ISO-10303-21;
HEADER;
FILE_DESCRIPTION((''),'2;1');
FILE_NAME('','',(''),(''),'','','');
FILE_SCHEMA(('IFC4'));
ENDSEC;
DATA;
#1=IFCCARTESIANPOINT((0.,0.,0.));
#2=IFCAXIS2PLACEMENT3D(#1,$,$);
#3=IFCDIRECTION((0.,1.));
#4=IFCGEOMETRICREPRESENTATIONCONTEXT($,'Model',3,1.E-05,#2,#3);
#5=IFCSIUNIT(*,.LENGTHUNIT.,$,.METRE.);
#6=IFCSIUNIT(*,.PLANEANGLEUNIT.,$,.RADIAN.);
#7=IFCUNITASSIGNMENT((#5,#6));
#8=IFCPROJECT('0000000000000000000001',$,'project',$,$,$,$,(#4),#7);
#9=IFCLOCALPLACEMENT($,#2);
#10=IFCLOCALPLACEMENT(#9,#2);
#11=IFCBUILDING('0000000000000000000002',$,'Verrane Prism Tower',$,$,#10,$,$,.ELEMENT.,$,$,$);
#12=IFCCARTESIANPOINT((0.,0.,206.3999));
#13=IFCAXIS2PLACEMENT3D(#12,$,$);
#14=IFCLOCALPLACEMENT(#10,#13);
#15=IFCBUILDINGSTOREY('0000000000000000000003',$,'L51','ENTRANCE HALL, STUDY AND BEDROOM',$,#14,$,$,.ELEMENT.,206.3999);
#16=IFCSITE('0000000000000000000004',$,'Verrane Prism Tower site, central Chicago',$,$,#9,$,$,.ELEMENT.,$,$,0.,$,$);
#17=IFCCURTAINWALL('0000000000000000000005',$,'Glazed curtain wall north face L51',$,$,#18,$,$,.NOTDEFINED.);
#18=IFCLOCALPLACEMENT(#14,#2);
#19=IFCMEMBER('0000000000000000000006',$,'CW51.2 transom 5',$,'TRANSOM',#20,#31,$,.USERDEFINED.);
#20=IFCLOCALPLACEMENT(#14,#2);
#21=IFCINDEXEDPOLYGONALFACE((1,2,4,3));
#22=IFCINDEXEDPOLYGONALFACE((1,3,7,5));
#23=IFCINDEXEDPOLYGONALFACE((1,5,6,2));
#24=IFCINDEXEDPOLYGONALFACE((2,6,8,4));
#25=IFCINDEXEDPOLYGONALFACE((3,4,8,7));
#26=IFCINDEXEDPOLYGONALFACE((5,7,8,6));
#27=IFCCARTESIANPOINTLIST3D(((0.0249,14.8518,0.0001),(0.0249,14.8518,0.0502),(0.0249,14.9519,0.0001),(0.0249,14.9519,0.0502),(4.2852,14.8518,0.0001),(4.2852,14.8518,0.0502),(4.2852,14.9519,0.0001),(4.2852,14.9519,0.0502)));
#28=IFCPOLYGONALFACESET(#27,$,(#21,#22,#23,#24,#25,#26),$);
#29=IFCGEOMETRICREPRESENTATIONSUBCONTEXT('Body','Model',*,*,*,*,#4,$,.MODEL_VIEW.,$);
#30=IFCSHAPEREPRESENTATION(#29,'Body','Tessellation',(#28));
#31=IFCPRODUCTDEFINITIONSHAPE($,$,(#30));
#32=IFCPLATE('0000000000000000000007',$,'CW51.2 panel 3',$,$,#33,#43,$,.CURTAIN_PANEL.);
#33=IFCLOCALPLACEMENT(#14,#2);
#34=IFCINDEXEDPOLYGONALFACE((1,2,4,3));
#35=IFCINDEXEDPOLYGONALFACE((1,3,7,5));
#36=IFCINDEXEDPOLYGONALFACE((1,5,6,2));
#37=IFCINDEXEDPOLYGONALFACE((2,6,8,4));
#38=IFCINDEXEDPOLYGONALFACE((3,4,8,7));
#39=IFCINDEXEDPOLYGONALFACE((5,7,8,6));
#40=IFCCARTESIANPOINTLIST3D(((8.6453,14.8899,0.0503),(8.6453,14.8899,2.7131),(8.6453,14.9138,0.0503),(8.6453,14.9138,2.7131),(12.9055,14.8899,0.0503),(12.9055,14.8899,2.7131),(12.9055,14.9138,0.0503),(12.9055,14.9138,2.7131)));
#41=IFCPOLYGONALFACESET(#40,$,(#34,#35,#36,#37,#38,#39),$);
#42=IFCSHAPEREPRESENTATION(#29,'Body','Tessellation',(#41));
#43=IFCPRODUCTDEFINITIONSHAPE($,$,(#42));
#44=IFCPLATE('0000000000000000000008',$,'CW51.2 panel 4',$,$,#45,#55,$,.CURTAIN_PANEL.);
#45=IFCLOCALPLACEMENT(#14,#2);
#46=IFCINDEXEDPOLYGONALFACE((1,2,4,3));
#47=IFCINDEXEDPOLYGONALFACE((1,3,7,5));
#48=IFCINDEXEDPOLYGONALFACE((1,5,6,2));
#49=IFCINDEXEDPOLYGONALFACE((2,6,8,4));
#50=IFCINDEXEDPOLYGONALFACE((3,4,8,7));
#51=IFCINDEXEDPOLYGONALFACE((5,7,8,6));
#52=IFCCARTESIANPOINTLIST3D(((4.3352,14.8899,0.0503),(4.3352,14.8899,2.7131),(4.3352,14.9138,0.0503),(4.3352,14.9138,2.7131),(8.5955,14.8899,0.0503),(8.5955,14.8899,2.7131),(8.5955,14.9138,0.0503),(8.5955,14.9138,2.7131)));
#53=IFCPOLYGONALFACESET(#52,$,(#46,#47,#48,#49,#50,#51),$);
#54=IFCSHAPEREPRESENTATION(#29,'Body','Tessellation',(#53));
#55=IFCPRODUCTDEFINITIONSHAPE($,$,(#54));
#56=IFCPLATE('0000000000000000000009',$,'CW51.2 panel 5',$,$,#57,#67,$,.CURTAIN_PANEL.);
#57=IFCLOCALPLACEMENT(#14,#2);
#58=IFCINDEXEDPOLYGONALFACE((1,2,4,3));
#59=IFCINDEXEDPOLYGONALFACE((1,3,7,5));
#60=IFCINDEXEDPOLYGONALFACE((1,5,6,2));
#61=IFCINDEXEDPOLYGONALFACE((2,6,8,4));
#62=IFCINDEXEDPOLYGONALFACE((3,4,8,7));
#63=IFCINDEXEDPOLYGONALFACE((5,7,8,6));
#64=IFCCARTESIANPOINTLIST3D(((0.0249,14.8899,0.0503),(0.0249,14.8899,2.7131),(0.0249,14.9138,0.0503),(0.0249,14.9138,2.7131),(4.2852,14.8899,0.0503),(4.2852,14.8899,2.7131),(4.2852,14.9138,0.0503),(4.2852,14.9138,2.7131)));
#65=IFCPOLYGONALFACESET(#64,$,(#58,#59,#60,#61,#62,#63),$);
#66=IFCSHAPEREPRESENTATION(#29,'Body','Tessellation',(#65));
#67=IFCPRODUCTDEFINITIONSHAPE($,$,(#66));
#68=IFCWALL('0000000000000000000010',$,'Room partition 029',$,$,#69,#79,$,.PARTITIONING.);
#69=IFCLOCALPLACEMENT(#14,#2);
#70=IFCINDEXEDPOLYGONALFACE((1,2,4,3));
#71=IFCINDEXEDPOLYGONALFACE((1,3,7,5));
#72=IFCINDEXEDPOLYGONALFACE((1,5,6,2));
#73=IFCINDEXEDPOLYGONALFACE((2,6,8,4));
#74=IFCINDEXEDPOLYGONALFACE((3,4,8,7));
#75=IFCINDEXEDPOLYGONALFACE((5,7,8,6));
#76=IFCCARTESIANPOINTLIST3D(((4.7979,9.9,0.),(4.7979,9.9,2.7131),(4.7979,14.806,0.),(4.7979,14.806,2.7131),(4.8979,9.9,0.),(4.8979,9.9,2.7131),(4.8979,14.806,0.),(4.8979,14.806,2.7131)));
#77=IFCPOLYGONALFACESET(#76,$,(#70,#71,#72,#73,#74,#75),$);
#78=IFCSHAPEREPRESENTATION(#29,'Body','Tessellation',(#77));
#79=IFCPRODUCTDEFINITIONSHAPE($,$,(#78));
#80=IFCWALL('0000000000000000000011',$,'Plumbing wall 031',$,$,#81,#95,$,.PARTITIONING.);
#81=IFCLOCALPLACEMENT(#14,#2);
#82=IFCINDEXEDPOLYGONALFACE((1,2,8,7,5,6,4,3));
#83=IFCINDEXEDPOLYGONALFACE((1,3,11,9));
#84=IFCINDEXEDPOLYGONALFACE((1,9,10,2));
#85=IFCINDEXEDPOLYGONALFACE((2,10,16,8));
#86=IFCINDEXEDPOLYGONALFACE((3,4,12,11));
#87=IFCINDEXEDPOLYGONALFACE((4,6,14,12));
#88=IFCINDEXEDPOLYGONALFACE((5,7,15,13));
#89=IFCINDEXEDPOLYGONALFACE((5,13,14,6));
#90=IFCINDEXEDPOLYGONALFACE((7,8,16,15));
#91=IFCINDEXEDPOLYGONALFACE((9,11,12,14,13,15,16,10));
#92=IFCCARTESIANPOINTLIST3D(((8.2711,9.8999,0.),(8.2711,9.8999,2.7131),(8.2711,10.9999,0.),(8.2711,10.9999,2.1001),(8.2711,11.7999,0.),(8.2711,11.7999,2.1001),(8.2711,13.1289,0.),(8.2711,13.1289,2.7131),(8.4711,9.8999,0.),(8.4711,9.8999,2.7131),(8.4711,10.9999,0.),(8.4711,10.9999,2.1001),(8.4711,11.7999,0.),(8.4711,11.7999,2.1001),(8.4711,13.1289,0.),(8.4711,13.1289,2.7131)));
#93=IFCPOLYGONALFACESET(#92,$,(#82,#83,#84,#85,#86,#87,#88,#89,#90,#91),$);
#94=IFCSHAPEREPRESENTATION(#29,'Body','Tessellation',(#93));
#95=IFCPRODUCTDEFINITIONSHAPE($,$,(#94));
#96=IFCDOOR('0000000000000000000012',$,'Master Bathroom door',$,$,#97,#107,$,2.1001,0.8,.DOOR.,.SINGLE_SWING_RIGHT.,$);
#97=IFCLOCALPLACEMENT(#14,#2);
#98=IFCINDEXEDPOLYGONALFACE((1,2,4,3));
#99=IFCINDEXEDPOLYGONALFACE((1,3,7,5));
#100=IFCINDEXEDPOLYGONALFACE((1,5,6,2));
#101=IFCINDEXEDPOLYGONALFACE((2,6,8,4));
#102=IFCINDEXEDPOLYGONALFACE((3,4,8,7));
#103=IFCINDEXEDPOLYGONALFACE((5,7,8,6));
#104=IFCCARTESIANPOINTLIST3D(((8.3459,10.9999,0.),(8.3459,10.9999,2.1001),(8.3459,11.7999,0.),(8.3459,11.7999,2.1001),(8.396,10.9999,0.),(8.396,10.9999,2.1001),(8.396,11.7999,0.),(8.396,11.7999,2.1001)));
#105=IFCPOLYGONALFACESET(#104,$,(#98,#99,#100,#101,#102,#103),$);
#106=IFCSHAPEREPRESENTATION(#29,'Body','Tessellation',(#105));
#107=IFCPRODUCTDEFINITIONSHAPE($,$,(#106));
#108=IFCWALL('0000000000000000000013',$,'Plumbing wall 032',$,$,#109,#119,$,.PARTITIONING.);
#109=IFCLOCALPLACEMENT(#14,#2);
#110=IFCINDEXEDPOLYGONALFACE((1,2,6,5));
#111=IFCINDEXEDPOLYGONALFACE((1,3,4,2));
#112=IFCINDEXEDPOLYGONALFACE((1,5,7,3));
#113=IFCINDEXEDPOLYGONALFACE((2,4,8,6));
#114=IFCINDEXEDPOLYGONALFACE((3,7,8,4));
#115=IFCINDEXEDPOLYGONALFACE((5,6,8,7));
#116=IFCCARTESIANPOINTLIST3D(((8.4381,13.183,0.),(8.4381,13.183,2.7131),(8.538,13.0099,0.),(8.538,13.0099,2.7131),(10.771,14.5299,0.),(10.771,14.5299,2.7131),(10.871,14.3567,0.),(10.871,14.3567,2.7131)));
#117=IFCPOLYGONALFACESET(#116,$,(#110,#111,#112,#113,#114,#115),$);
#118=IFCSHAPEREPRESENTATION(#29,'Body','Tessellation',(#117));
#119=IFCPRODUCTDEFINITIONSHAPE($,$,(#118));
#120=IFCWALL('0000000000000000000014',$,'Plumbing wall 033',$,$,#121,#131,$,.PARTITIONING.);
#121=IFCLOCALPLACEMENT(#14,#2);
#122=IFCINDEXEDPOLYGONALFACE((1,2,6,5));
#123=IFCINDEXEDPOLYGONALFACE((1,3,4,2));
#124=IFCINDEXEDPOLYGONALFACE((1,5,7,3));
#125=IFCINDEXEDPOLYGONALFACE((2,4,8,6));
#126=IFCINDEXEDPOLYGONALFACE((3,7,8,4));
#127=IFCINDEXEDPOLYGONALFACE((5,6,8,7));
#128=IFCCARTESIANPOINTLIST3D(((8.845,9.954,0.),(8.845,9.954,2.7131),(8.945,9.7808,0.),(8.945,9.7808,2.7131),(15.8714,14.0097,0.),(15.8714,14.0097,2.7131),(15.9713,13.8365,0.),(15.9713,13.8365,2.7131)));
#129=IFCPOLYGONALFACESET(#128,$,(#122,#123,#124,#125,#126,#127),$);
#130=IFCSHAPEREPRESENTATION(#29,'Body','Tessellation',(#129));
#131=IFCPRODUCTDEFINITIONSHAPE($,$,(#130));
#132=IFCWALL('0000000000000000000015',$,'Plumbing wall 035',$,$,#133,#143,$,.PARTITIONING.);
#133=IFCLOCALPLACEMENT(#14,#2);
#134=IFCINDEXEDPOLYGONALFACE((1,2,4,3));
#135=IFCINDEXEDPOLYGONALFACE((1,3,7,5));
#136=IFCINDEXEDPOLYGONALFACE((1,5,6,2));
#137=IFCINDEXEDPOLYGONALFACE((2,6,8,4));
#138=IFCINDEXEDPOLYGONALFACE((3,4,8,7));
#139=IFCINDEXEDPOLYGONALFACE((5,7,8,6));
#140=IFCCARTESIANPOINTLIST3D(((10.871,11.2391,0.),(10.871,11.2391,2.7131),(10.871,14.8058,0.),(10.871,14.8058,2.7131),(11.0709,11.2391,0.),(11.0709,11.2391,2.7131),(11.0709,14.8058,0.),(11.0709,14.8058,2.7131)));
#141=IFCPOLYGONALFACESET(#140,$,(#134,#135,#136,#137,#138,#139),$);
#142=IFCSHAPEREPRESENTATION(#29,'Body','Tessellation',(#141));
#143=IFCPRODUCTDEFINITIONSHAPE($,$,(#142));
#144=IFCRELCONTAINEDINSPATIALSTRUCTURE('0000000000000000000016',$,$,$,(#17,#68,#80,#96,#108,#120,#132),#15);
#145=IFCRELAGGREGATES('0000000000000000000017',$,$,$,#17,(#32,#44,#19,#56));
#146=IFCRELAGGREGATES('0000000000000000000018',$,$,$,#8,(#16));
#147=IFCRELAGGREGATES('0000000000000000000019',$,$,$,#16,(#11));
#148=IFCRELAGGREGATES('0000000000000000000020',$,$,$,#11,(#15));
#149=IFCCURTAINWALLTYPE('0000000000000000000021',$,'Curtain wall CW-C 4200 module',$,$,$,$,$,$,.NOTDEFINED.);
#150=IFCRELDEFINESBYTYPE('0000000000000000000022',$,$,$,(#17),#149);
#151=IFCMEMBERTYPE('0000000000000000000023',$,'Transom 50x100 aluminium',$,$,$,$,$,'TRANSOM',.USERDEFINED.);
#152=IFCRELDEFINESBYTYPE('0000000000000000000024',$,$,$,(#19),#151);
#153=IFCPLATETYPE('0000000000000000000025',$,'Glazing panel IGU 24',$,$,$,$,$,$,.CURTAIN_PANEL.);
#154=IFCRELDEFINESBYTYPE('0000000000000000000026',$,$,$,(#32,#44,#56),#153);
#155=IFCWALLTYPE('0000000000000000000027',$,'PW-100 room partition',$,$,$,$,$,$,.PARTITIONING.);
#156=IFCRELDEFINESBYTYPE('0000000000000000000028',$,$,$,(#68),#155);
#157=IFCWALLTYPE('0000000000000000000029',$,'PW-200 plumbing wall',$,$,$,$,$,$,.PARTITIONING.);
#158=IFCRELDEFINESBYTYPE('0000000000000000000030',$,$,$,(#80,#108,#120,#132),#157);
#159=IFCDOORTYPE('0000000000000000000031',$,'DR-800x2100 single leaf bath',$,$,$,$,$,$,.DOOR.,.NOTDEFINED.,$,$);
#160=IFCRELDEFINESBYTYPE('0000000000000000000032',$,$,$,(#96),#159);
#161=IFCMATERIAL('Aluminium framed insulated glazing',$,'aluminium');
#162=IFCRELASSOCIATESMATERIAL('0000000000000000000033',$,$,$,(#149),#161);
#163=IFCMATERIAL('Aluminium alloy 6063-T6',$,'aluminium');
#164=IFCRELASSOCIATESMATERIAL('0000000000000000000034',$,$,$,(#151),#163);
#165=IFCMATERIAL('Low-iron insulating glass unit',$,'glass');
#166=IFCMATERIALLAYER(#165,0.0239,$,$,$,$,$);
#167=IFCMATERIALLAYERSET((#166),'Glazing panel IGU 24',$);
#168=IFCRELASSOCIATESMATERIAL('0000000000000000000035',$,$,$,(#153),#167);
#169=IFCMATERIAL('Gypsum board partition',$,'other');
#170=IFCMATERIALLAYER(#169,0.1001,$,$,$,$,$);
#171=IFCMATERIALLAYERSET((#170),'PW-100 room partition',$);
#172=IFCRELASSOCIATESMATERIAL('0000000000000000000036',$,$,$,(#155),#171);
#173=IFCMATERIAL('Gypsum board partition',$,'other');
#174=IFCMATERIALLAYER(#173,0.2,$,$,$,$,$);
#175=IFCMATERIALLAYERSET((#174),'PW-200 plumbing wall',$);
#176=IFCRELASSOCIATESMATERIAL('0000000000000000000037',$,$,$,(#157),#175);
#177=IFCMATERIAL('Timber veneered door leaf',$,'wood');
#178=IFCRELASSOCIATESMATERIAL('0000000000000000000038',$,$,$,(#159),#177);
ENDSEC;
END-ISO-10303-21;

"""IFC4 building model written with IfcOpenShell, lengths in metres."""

from ifc_helpers import new_model, si_unit, direction, frame, frame_2d, origin, origin_2d, place, context, subcontext, project, spatial, rectangle, extrude, material, layer, layer_set, material_profile, profile_set, type_object, element, fill, aggregate, save


model = new_model("IFC4")

# Units and contexts
model_context = context("Model", 3, precision=1e-05, world=origin(), true_north=direction((0.0, 1.0)))
body_context = subcontext(model_context, "Body", "Model", "MODEL_VIEW")
ifc_project = project(units=[si_unit("LENGTHUNIT", "METRE"), si_unit("PLANEANGLEUNIT", "RADIAN")], contexts=[model_context])

# Site, building, storey
site_placement = place(None, origin())
site = spatial("IfcSite", under=ifc_project, at=site_placement, Name="Verrane Prism Tower site, central Chicago", CompositionType="ELEMENT", RefElevation=0.0)
building_placement = place(site_placement, origin())
building = spatial("IfcBuilding", under=site, at=building_placement, Name="Verrane Prism Tower", CompositionType="ELEMENT")
storey_placement = place(building_placement, frame((0.0, 0.0, 206.3999)))
storey = spatial("IfcBuildingStorey", under=building, at=storey_placement, Name="L51", Description="ENTRANCE HALL, STUDY AND BEDROOM", CompositionType="ELEMENT", Elevation=206.3999)

# Curtain wall
ifc_material_1 = material(Name="Aluminium framed insulated glazing", Category="aluminium")
curtain_wall_type = type_object("IfcCurtainWallType", Name="Curtain wall CW-C 4200 module", PredefinedType="NOTDEFINED", material=ifc_material_1)
curtain_wall_placement = place(storey_placement, origin())
curtain_wall = element("IfcCurtainWall", 1, at=curtain_wall_placement, inside=storey, type_object=curtain_wall_type, Name="Glazed curtain wall north face L51", PredefinedType="NOTDEFINED")

# Member
ifc_material_2 = material(Name="Aluminium alloy 6063-T6", Category="aluminium")
ifc_material_profile_1 = material_profile(ifc_material_2, rectangle(XDim=0.1001, YDim=0.05, at=origin_2d()), Name="Transom 50x100 aluminium")
ifc_profile_set_1 = profile_set([ifc_material_profile_1], Name="Aluminium alloy 6063-T6")
member_type_1 = type_object("IfcMemberType", Name="Transom 50x100 aluminium", ElementType="TRANSOM", PredefinedType="USERDEFINED", material=ifc_profile_set_1)
member_1_placement = place(storey_placement, frame((4.2852, 14.9019, 0.0251), z_axis=(-1.0, 0.0, 0.0), x_axis=(0.0, -1.0, 0.0)))
member_1 = element("IfcMember", 2, at=member_1_placement, type_object=member_type_1, Name="CW51.2 transom 5", ObjectType="TRANSOM", PredefinedType="USERDEFINED", context=body_context, shape_type="SweptSolid", body=[
    extrude(rectangle(XDim=0.1001, YDim=0.05, at=origin_2d()), origin(), (0.0, 0.0, 1.0), 4.2603),
])

# Plates
ifc_material_3 = material(Name="Low-iron insulating glass unit", Category="glass")
ifc_layer_1 = layer(ifc_material_3, 0.0239)
ifc_layer_set_1 = layer_set([ifc_layer_1], Name="Glazing panel IGU 24")
plate_type = type_object("IfcPlateType", Name="Glazing panel IGU 24", PredefinedType="CURTAIN_PANEL", material=ifc_layer_set_1)
plate_1_placement = place(storey_placement, frame((10.7754, 14.9019, 0.0503), z_axis=(0.0, 0.0, 1.0), x_axis=(-1.0, 0.0, 0.0)))
plate_1 = element("IfcPlate", 3, at=plate_1_placement, type_object=plate_type, Name="CW51.2 panel 3", PredefinedType="CURTAIN_PANEL", context=body_context, shape_type="SweptSolid", body=[
    extrude(rectangle(XDim=4.2603, YDim=0.0239, at=origin_2d()), origin(), (0.0, 0.0, 1.0), 2.6628),
])
plate_2_placement = place(storey_placement, frame((6.4653, 14.9019, 0.0503), z_axis=(0.0, 0.0, 1.0), x_axis=(-1.0, 0.0, 0.0)))
plate_2 = element("IfcPlate", 4, at=plate_2_placement, type_object=plate_type, Name="CW51.2 panel 4", PredefinedType="CURTAIN_PANEL", context=body_context, shape_type="SweptSolid", body=[
    extrude(rectangle(XDim=4.2603, YDim=0.0239, at=origin_2d()), origin(), (0.0, 0.0, 1.0), 2.6628),
])
plate_3_placement = place(storey_placement, frame((2.155, 14.9019, 0.0503), z_axis=(0.0, 0.0, 1.0), x_axis=(-1.0, 0.0, 0.0)))
plate_3 = element("IfcPlate", 5, at=plate_3_placement, type_object=plate_type, Name="CW51.2 panel 5", PredefinedType="CURTAIN_PANEL", context=body_context, shape_type="SweptSolid", body=[
    extrude(rectangle(XDim=4.2603, YDim=0.0239, at=origin_2d()), origin(), (0.0, 0.0, 1.0), 2.6628),
])
aggregate(curtain_wall, [plate_1, plate_2, member_1, plate_3])

# Wall
ifc_material_4 = material(Name="Gypsum board partition", Category="other")
ifc_layer_2 = layer(ifc_material_4, 0.1001)
ifc_layer_set_2 = layer_set([ifc_layer_2], Name="PW-100 room partition")
wall_type_1 = type_object("IfcWallType", Name="PW-100 room partition", PredefinedType="PARTITIONING", material=ifc_layer_set_2)
wall_1_placement = place(storey_placement, frame((4.8479, 9.8999, 0.0), z_axis=(0.0, 0.0, 1.0), x_axis=(0.0, 1.0, 0.0)))
element("IfcWall", 6, at=wall_1_placement, inside=storey, type_object=wall_type_1, Name="Room partition 029", PredefinedType="PARTITIONING", context=body_context, shape_type="SweptSolid", body=[
    extrude(rectangle(XDim=4.906, YDim=0.1001, at=frame_2d((2.4531, 0.0))), origin(), (0.0, 0.0, 1.0), 2.7131),
])

# Wall, opening, door
ifc_material_5 = material(Name="Gypsum board partition", Category="other")
ifc_layer_3 = layer(ifc_material_5, 0.2)
ifc_layer_set_3 = layer_set([ifc_layer_3], Name="PW-200 plumbing wall")
wall_type_2 = type_object("IfcWallType", Name="PW-200 plumbing wall", PredefinedType="PARTITIONING", material=ifc_layer_set_3)
wall_2_placement = place(storey_placement, frame((8.3711, 13.1289, 0.0), z_axis=(0.0, 0.0, 1.0), x_axis=(0.0, -1.0, 0.0)))
wall_2 = element("IfcWall", 7, at=wall_2_placement, inside=storey, type_object=wall_type_2, Name="Plumbing wall 031", PredefinedType="PARTITIONING", context=body_context, shape_type="SweptSolid", body=[
    extrude(rectangle(XDim=3.229, YDim=0.2, at=frame_2d((1.6145, 0.0))), origin(), (0.0, 0.0, 1.0), 2.7131),
])
opening_placement = place(wall_2_placement, frame((1.3291, 0.0, 0.0)))
opening = element("IfcOpeningElement", 8, at=opening_placement, cuts=wall_2, PredefinedType="OPENING", context=body_context, shape_type="SweptSolid", body=[
    extrude(rectangle(XDim=0.8, YDim=2.1001, at=frame_2d((0.3999, 1.05))), frame((0.0, 0.1099, 0.0), z_axis=(0.0, -1.0, 0.0), x_axis=(1.0, 0.0, 0.0)), (0.0, 0.0, 1.0), 0.22),
])
ifc_material_6 = material(Name="Timber veneered door leaf", Category="wood")
door_type = type_object("IfcDoorType", Name="DR-800x2100 single leaf bath", OperationType="NOTDEFINED", PredefinedType="DOOR", material=ifc_material_6)
door_placement = place(opening_placement, origin())
door = element("IfcDoor", 9, at=door_placement, inside=storey, type_object=door_type, Name="Master Bathroom door", OperationType="SINGLE_SWING_RIGHT", OverallHeight=2.1001, OverallWidth=0.8, PredefinedType="DOOR", context=body_context, shape_type="SweptSolid", body=[
    extrude(rectangle(XDim=0.8, YDim=2.1001, at=frame_2d((0.3999, 1.05))), frame((0.0, 0.0249, 0.0), z_axis=(0.0, -1.0, 0.0), x_axis=(1.0, 0.0, 0.0)), (0.0, 0.0, 1.0), 0.05),
])
fill(opening, door)

# Walls
wall_3_placement = place(storey_placement, frame((8.488, 13.0964, 0.0), z_axis=(0.0, 0.0, 1.0), x_axis=(0.866032, 0.499989, 0.0)))
element("IfcWall", 10, at=wall_3_placement, inside=storey, type_object=wall_type_2, Name="Plumbing wall 032", PredefinedType="PARTITIONING", context=body_context, shape_type="SweptSolid", body=[
    extrude(rectangle(XDim=2.6938, YDim=0.2, at=frame_2d((1.3469, 0.0))), origin(), (0.0, 0.0, 1.0), 2.7131),
])
wall_4_placement = place(storey_placement, frame((8.895, 9.8674, 0.0), z_axis=(0.0, 0.0, 1.0), x_axis=(0.866079, 0.499907, 0.0)))
element("IfcWall", 11, at=wall_4_placement, inside=storey, type_object=wall_type_2, Name="Plumbing wall 033", PredefinedType="PARTITIONING", context=body_context, shape_type="SweptSolid", body=[
    extrude(rectangle(XDim=8.1128, YDim=0.2, at=frame_2d((4.0564, 0.0))), origin(), (0.0, 0.0, 1.0), 2.7131),
])
wall_5_placement = place(storey_placement, frame((10.9709, 11.2393, 0.0), z_axis=(0.0, 0.0, 1.0), x_axis=(0.0, 1.0, 0.0)))
element("IfcWall", 12, at=wall_5_placement, inside=storey, type_object=wall_type_2, Name="Plumbing wall 035", PredefinedType="PARTITIONING", context=body_context, shape_type="SweptSolid", body=[
    extrude(rectangle(XDim=3.5667, YDim=0.2, at=frame_2d((1.7832, 0.0))), origin(), (0.0, 0.0, 1.0), 2.7131),
])

save(model, "model.ifc")
